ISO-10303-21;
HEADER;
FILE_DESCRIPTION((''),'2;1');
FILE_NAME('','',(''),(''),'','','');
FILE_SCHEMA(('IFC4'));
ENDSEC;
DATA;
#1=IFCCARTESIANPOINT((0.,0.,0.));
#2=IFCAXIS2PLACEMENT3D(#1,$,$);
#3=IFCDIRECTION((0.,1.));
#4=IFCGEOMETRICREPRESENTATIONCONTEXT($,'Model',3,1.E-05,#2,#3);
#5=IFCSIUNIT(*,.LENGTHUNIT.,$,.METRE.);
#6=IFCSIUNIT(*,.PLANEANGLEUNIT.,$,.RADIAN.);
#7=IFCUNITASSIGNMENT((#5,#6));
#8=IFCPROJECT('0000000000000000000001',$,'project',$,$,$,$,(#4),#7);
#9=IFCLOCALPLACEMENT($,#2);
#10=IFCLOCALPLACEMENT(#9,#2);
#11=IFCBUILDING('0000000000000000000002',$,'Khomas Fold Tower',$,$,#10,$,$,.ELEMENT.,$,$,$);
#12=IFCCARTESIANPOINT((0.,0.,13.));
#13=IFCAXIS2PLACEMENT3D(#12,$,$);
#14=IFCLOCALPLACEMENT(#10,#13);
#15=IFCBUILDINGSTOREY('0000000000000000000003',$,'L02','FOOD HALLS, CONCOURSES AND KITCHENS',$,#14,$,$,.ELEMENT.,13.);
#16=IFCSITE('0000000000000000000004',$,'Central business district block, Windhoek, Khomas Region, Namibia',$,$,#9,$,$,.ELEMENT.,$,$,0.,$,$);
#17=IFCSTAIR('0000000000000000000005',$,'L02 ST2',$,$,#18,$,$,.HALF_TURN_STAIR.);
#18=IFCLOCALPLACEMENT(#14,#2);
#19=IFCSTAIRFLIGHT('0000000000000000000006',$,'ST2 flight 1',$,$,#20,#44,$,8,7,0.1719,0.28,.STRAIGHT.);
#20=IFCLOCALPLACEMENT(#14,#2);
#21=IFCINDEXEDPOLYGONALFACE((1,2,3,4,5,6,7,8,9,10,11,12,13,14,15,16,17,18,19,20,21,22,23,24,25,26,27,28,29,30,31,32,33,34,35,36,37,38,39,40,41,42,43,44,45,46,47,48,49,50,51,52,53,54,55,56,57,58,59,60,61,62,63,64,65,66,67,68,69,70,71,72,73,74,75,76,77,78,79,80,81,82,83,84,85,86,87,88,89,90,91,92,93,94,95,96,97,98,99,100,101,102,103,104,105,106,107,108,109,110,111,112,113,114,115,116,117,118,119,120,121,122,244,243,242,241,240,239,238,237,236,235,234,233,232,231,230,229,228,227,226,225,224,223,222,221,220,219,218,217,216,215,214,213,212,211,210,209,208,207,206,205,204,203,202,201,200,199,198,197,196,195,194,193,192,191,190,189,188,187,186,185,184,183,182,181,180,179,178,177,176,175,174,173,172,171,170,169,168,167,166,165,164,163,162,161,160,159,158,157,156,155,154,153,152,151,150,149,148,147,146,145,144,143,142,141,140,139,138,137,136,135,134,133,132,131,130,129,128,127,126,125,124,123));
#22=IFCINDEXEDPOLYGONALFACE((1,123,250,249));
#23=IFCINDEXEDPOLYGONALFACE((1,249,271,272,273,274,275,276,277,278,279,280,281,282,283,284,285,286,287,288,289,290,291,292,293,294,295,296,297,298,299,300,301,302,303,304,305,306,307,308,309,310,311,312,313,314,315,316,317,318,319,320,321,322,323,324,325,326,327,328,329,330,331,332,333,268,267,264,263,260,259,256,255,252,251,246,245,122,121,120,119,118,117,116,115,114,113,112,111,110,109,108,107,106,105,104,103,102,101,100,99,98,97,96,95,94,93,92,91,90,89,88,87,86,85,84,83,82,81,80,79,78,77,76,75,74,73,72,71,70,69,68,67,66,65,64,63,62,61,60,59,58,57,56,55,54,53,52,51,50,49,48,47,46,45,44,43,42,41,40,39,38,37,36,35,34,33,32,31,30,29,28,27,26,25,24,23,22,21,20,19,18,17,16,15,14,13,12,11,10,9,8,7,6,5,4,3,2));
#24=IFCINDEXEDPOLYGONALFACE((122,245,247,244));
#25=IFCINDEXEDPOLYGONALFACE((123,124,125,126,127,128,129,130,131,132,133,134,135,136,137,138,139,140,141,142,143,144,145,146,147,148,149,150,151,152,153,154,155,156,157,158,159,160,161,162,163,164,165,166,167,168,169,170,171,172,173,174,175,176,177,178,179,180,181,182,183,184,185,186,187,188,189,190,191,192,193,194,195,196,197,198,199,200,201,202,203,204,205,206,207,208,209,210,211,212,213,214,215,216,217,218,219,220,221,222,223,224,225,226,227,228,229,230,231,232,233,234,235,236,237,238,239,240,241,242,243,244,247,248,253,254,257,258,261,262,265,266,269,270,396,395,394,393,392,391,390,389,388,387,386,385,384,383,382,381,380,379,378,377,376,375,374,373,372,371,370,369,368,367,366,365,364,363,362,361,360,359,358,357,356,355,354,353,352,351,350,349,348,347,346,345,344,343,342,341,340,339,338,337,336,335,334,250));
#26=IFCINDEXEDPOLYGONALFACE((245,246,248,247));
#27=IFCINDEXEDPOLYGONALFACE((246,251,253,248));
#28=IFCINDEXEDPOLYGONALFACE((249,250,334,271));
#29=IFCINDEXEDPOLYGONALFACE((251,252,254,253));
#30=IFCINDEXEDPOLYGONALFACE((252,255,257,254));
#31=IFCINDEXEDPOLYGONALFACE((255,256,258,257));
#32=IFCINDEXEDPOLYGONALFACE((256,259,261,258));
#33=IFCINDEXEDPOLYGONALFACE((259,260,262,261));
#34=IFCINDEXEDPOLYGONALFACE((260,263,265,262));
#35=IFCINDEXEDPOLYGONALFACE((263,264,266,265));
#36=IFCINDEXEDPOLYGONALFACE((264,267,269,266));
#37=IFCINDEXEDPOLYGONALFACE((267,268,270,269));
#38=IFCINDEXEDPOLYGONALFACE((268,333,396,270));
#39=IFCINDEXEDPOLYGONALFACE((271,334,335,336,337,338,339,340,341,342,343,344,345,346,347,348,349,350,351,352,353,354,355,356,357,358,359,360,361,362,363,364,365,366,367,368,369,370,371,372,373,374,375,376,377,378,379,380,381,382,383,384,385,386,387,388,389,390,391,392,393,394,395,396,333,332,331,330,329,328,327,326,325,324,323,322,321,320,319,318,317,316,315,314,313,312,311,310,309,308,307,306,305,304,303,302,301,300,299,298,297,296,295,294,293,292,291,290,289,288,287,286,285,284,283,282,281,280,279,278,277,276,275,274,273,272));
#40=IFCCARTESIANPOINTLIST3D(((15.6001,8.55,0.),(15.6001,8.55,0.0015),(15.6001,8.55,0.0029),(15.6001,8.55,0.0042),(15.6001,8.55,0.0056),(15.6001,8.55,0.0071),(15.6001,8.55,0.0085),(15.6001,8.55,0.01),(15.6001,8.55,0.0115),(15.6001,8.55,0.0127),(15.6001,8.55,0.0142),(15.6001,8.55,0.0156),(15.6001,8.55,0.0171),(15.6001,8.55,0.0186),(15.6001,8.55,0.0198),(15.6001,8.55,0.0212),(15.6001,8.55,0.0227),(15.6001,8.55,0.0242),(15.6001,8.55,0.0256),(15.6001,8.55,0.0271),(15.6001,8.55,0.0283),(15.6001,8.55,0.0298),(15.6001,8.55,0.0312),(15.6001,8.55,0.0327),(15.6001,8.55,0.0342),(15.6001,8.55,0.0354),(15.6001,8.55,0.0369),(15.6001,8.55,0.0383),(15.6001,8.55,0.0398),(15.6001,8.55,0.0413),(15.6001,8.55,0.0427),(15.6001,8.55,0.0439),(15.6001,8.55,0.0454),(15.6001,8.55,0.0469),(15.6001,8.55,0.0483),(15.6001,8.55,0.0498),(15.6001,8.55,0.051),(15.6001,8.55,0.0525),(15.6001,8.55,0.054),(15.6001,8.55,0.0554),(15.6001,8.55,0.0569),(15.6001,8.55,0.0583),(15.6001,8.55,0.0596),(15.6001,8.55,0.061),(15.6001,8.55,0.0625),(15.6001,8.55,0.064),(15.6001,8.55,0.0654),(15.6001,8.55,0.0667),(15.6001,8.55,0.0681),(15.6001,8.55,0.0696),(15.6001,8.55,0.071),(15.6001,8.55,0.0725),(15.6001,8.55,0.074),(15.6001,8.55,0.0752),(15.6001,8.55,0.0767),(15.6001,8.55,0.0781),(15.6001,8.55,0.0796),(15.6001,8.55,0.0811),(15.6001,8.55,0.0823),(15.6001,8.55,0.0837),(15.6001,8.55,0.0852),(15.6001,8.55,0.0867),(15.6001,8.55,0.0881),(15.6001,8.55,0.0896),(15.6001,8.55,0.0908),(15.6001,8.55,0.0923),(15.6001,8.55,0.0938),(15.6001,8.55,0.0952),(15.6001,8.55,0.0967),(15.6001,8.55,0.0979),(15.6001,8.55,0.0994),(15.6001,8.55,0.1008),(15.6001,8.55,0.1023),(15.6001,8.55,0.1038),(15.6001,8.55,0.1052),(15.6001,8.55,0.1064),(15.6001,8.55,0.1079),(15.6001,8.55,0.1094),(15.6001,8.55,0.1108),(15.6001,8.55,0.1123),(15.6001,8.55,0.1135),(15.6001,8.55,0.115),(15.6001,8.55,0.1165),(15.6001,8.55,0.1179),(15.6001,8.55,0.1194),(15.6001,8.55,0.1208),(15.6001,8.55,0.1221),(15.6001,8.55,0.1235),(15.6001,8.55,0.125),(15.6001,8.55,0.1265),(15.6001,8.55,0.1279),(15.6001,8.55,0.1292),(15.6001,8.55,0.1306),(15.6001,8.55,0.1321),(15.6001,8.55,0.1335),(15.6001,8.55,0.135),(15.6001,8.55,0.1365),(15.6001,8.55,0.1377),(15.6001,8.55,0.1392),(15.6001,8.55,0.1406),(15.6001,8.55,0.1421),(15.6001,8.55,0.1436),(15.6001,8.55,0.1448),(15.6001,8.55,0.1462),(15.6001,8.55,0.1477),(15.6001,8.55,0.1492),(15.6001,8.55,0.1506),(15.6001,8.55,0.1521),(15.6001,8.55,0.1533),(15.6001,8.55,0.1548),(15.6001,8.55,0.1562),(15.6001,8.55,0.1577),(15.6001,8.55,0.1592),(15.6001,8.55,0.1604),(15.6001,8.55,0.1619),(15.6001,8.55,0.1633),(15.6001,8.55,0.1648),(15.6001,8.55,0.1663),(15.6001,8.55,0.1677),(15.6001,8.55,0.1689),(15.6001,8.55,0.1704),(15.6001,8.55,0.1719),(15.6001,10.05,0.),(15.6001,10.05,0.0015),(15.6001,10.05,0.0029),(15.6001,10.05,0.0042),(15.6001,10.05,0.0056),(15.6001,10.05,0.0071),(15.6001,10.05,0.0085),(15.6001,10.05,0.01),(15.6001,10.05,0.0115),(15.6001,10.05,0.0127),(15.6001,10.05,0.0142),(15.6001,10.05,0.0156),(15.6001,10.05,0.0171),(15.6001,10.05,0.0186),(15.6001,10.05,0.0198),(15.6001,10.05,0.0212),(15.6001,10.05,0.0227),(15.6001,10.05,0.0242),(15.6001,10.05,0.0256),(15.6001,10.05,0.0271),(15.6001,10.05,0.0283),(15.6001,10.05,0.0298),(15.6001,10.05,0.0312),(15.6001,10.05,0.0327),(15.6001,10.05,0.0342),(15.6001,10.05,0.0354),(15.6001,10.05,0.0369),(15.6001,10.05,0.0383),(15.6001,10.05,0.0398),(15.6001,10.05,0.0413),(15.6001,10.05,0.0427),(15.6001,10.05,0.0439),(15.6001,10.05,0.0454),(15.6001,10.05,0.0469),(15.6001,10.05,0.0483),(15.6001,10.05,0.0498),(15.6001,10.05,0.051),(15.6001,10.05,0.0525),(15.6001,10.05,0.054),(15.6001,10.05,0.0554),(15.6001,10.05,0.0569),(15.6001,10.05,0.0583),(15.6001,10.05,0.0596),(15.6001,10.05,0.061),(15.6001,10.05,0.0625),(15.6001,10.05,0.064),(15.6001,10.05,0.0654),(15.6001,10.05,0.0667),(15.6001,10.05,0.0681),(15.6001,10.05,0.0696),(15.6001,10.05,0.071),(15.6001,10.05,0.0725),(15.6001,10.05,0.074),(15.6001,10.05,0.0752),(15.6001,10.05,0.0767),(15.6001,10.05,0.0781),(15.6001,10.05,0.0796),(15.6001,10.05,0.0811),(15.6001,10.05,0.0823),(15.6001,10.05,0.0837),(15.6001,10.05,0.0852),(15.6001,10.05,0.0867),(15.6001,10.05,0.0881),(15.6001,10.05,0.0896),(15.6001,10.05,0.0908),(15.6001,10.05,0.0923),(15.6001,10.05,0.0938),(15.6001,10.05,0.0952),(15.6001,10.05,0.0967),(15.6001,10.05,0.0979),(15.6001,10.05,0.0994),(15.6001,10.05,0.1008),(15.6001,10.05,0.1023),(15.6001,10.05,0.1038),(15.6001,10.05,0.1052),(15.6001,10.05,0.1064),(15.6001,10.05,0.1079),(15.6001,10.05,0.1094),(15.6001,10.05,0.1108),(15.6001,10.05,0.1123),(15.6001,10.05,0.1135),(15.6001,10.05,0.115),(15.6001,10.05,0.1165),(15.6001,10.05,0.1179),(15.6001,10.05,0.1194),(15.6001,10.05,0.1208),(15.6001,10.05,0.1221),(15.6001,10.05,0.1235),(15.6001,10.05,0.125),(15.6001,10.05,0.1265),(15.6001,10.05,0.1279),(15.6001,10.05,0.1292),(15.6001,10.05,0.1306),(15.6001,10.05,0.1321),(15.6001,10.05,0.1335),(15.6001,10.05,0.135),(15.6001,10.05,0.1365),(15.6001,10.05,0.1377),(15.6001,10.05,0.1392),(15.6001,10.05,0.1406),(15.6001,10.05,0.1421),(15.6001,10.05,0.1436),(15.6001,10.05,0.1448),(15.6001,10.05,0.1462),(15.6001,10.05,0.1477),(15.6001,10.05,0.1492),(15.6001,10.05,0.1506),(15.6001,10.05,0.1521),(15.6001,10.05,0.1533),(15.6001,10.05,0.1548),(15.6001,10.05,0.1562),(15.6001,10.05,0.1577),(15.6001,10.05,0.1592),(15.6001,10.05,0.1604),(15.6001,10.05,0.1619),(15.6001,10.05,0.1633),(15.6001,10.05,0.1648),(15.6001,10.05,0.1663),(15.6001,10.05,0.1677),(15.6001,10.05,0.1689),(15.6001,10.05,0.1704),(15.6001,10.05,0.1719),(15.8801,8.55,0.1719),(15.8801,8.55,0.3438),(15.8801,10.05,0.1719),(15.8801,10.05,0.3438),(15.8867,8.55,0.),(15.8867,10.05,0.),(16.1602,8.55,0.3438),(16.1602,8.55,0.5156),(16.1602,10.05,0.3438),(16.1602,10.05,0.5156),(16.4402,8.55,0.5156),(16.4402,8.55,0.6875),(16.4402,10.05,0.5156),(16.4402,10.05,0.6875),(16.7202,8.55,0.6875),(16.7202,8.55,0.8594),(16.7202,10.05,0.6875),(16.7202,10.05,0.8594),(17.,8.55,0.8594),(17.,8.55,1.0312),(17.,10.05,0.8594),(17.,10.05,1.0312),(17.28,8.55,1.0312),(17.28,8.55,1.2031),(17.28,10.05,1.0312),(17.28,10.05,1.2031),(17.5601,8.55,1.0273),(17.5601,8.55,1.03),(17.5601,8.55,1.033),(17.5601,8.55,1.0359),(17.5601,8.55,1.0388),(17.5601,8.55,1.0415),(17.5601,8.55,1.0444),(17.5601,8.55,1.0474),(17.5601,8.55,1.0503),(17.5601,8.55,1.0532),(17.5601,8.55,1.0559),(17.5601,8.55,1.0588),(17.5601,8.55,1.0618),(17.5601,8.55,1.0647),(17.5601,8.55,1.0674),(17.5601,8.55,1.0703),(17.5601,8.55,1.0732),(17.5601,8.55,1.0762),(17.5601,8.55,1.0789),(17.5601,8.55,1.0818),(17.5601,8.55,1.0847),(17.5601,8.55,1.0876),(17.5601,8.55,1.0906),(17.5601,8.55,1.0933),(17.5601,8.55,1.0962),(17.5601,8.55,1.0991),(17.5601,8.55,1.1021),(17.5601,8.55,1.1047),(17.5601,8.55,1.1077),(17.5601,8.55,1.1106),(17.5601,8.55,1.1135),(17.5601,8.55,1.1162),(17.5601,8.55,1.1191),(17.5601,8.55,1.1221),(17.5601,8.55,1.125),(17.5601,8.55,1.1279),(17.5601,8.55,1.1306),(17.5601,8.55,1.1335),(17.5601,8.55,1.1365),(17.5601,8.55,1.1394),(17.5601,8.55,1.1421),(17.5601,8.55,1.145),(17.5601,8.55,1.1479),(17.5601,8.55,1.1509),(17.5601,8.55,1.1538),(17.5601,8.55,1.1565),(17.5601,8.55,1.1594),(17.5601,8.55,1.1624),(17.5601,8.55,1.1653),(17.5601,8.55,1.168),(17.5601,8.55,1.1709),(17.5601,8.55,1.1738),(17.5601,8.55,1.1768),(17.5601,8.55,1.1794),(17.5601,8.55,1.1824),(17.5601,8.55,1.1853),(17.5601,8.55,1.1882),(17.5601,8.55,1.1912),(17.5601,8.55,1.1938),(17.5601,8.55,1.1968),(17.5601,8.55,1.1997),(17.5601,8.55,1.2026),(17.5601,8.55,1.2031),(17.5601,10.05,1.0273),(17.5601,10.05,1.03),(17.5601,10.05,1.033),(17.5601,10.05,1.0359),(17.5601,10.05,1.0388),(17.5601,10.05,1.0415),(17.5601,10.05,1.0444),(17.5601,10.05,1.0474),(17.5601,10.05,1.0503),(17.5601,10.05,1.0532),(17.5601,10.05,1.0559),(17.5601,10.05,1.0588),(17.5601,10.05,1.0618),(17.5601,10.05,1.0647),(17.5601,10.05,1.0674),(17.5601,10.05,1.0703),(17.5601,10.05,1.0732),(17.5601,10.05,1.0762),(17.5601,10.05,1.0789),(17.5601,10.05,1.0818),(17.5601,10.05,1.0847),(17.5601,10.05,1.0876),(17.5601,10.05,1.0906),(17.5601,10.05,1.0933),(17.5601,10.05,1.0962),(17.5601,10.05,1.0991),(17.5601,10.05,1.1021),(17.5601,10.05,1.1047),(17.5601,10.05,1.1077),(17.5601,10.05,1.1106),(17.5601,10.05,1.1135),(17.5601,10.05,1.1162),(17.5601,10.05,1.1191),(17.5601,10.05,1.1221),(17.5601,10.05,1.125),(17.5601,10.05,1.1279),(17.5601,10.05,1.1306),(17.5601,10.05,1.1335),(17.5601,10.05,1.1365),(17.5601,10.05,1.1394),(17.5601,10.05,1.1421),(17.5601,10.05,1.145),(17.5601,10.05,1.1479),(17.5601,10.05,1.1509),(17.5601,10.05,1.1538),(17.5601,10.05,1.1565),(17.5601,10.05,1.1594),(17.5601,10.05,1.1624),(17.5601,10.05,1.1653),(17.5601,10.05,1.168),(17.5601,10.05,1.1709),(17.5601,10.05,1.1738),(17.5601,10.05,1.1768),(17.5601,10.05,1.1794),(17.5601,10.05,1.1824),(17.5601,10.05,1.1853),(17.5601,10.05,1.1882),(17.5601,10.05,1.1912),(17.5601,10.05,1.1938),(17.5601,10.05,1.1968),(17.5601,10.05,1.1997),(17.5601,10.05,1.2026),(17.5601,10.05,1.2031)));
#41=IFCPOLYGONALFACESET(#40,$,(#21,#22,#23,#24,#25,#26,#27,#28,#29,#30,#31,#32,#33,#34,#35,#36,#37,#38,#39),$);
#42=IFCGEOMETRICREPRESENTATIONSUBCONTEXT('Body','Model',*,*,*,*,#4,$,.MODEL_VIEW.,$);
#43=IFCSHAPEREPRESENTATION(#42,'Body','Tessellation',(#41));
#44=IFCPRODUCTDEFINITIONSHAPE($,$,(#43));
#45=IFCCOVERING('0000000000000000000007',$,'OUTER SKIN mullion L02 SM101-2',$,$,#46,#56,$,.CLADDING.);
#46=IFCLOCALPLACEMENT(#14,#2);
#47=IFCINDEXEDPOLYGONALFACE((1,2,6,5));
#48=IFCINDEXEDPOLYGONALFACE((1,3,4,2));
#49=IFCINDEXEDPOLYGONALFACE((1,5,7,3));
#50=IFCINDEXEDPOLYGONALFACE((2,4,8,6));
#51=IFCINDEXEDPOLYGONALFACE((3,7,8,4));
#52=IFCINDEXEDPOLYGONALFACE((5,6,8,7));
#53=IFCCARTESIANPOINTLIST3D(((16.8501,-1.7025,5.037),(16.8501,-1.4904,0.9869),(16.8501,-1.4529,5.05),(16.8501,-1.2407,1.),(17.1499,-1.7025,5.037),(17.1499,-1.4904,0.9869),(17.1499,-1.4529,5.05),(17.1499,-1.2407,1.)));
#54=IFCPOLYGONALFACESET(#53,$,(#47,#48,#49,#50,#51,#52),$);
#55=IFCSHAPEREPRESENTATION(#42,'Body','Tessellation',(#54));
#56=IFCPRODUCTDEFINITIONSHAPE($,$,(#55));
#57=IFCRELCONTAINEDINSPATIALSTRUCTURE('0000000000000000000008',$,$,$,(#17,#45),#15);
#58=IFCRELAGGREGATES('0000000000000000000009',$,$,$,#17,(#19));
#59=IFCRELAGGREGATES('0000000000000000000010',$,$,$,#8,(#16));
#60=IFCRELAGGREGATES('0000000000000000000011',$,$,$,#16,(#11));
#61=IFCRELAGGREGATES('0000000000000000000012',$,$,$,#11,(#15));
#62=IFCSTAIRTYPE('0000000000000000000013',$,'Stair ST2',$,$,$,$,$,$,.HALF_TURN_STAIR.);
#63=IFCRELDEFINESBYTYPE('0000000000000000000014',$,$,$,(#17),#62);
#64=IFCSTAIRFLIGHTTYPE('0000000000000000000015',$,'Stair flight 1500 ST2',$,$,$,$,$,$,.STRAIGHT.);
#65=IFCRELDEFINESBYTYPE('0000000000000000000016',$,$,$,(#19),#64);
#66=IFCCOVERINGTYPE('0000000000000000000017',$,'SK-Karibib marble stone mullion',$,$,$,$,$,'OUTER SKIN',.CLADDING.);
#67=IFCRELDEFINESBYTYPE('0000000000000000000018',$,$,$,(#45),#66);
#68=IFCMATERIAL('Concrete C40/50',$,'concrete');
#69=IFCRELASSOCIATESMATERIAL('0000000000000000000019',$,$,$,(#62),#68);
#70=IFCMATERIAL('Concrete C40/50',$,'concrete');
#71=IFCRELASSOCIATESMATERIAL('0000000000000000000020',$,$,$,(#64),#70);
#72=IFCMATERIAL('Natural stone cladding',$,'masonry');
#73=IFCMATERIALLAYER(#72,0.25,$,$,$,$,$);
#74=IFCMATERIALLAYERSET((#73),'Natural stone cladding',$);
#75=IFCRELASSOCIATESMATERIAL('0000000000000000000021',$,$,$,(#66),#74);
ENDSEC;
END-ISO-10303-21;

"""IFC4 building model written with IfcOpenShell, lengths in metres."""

from ifc_helpers import new_model, si_unit, direction, frame, origin, place, context, subcontext, project, spatial, polyline, outline, extrude, source, transform, mapped, material, layer, layer_set, type_object, element, aggregate, save


model = new_model("IFC4")

# Units and contexts
model_context = context("Model", 3, precision=1e-05, world=origin(), true_north=direction((0.0, 1.0)))
body_context = subcontext(model_context, "Body", "Model", "MODEL_VIEW")
ifc_project = project(units=[si_unit("LENGTHUNIT", "METRE"), si_unit("PLANEANGLEUNIT", "RADIAN")], contexts=[model_context])

# Site, building, storey
site_placement = place(None, origin())
site = spatial("IfcSite", under=ifc_project, at=site_placement, Name="Central business district block, Windhoek, Khomas Region, Namibia", CompositionType="ELEMENT", RefElevation=0.0)
building_placement = place(site_placement, origin())
building = spatial("IfcBuilding", under=site, at=building_placement, Name="Khomas Fold Tower", CompositionType="ELEMENT")
storey_placement = place(building_placement, frame((0.0, 0.0, 13.0)))
storey = spatial("IfcBuildingStorey", under=building, at=storey_placement, Name="L02", Description="FOOD HALLS, CONCOURSES AND KITCHENS", CompositionType="ELEMENT", Elevation=13.0)

# Stair, stair flight
ifc_material_1 = material(Name="Concrete C40/50", Category="concrete")
stair_type = type_object("IfcStairType", Name="Stair ST2", PredefinedType="HALF_TURN_STAIR", material=ifc_material_1)
stair_placement = place(storey_placement, origin())
stair = element("IfcStair", 1, at=stair_placement, inside=storey, type_object=stair_type, Name="L02 ST2", PredefinedType="HALF_TURN_STAIR")
ifc_material_2 = material(Name="Concrete C40/50", Category="concrete")
stair_flight_type = type_object("IfcStairFlightType", Name="Stair flight 1500 ST2", PredefinedType="STRAIGHT", material=ifc_material_2)
shared_shape_1 = source(origin(), body_context, "Body", "SweptSolid", [
    extrude(outline(polyline([(0.0, 0.0), (0.0, 0.0015), (0.0, 0.0029), (0.0, 0.0042), (0.0, 0.0056), (0.0, 0.0071), (0.0, 0.0085), (0.0, 0.01), (0.0, 0.0115), (0.0, 0.0127), (0.0, 0.0142), (0.0, 0.0156), (0.0, 0.0171), (0.0, 0.0186), (0.0, 0.0198), (0.0, 0.0212), (0.0, 0.0227), (0.0, 0.0242), (0.0, 0.0256), (0.0, 0.0271), (0.0, 0.0283), (0.0, 0.0298), (0.0, 0.0312), (0.0, 0.0327), (0.0, 0.0342), (0.0, 0.0354), (0.0, 0.0369), (0.0, 0.0383), (0.0, 0.0398), (0.0, 0.0413), (0.0, 0.0427), (0.0, 0.0439), (0.0, 0.0454), (0.0, 0.0469), (0.0, 0.0483), (0.0, 0.0498), (0.0, 0.051), (0.0, 0.0525), (0.0, 0.054), (0.0, 0.0554), (0.0, 0.0569), (0.0, 0.0583), (0.0, 0.0596), (0.0, 0.061), (0.0, 0.0625), (0.0, 0.064), (0.0, 0.0654), (0.0, 0.0667), (0.0, 0.0681), (0.0, 0.0696), (0.0, 0.071), (0.0, 0.0725), (0.0, 0.074), (0.0, 0.0752), (0.0, 0.0767), (0.0, 0.0781), (0.0, 0.0796), (0.0, 0.0811), (0.0, 0.0823), (0.0, 0.0837), (0.0, 0.0852), (0.0, 0.0867), (0.0, 0.0881), (0.0, 0.0896), (0.0, 0.0908), (0.0, 0.0923), (0.0, 0.0938), (0.0, 0.0952), (0.0, 0.0967), (0.0, 0.0979), (0.0, 0.0994), (0.0, 0.1008), (0.0, 0.1023), (0.0, 0.1038), (0.0, 0.1052), (0.0, 0.1064), (0.0, 0.1079), (0.0, 0.1094), (0.0, 0.1108), (0.0, 0.1123), (0.0, 0.1135), (0.0, 0.115), (0.0, 0.1165), (0.0, 0.1179), (0.0, 0.1194), (0.0, 0.1208), (0.0, 0.1221), (0.0, 0.1235), (0.0, 0.125), (0.0, 0.1265), (0.0, 0.1279), (0.0, 0.1292), (0.0, 0.1306), (0.0, 0.1321), (0.0, 0.1335), (0.0, 0.135), (0.0, 0.1365), (0.0, 0.1377), (0.0, 0.1392), (0.0, 0.1406), (0.0, 0.1421), (0.0, 0.1436), (0.0, 0.1448), (0.0, 0.1462), (0.0, 0.1477), (0.0, 0.1492), (0.0, 0.1506), (0.0, 0.1521), (0.0, 0.1533), (0.0, 0.1548), (0.0, 0.1562), (0.0, 0.1577), (0.0, 0.1592), (0.0, 0.1604), (0.0, 0.1619), (0.0, 0.1633), (0.0, 0.1648), (0.0, 0.1663), (0.0, 0.1677), (0.0, 0.1689), (0.0, 0.1704), (0.0, 0.1719), (0.28, 0.1719), (0.28, 0.3438), (0.5601, 0.3438), (0.5601, 0.5156), (0.8401, 0.5156), (0.8401, 0.6875), (1.1201, 0.6875), (1.1201, 0.8594), (1.3999, 0.8594), (1.3999, 1.0312), (1.6799, 1.0312), (1.6799, 1.2031), (1.96, 1.2031), (1.96, 1.375), (1.96, 1.3721), (1.96, 1.3691), (1.96, 1.3665), (1.96, 1.3635), (1.96, 1.3606), (1.96, 1.3577), (1.96, 1.355), (1.96, 1.3521), (1.96, 1.3491), (1.96, 1.3462), (1.96, 1.3435), (1.96, 1.3406), (1.96, 1.3376), (1.96, 1.3347), (1.96, 1.3318), (1.96, 1.3291), (1.96, 1.3262), (1.96, 1.3232), (1.96, 1.3203), (1.96, 1.3176), (1.96, 1.3147), (1.96, 1.3118), (1.96, 1.3088), (1.96, 1.3059), (1.96, 1.3032), (1.96, 1.3003), (1.96, 1.2974), (1.96, 1.2944), (1.96, 1.2917), (1.96, 1.2888), (1.96, 1.2859), (1.96, 1.283), (1.96, 1.2803), (1.96, 1.2773), (1.96, 1.2744), (1.96, 1.2715), (1.96, 1.2686), (1.96, 1.2659), (1.96, 1.2629), (1.96, 1.26), (1.96, 1.2571), (1.96, 1.2544), (1.96, 1.2515), (1.96, 1.2485), (1.96, 1.2456), (1.96, 1.2427), (1.96, 1.24), (1.96, 1.2371), (1.96, 1.2341), (1.96, 1.2312), (1.96, 1.2285), (1.96, 1.2256), (1.96, 1.2227), (1.96, 1.2197), (1.96, 1.217), (1.96, 1.2141), (1.96, 1.2112), (1.96, 1.2083), (1.96, 1.2053), (1.96, 1.2026), (1.96, 1.1997), (1.96, 1.1968), (1.96, 1.1938), (1.96, 1.1912), (1.96, 1.1882), (1.96, 1.1853), (1.96, 1.1824), (1.96, 1.1794), (1.96, 1.1768), (1.96, 1.1738), (1.96, 1.1709), (1.96, 1.168), (1.96, 1.1653), (1.96, 1.1624), (1.96, 1.1594), (1.96, 1.1565), (1.96, 1.1538), (1.96, 1.1509), (1.96, 1.1479), (1.96, 1.145), (1.96, 1.1421), (1.96, 1.1394), (1.96, 1.1365), (1.96, 1.1335), (1.96, 1.1306), (1.96, 1.1279), (1.96, 1.125), (1.96, 1.1221), (1.96, 1.1191), (1.96, 1.1162), (1.96, 1.1135), (1.96, 1.1106), (1.96, 1.1077), (1.96, 1.1047), (1.96, 1.1021), (1.96, 1.0991), (1.96, 1.0962), (1.96, 1.0933), (1.96, 1.0906), (1.96, 1.0876), (1.96, 1.0847), (1.96, 1.0818), (1.96, 1.0789), (1.96, 1.0762), (1.96, 1.0732), (1.96, 1.0703), (1.96, 1.0674), (1.96, 1.0647), (1.96, 1.0618), (1.96, 1.0588), (1.96, 1.0559), (1.96, 1.0532), (1.96, 1.0503), (1.96, 1.0474), (1.96, 1.0444), (1.96, 1.0415), (1.96, 1.0388), (1.96, 1.0359), (1.96, 1.033), (1.96, 1.03), (1.96, 1.0273), (0.2866, 0.0), (0.0, 0.0)])), frame((0.0, 0.75, 0.0), z_axis=(0.0, -1.0, 0.0), x_axis=(1.0, 0.0, 0.0)), (0.0, 0.0, 1.0), 1.5),
])
stair_flight_1_placement = place(storey_placement, frame((15.6001, 9.3, 0.0), z_axis=(0.0, 0.0, 1.0), x_axis=(1.0, 0.0, 0.0)))
stair_flight_1 = element("IfcStairFlight", 2, at=stair_flight_1_placement, type_object=stair_flight_type, Name="ST2 flight 1", NumberOfRisers=8, NumberOfTreads=7, PredefinedType="STRAIGHT", RiserHeight=0.1719, TreadLength=0.28, context=body_context, shape_type="MappedRepresentation", body=[
    mapped(shared_shape_1, transform((0.0, 0.0, 0.0))),
])
aggregate(stair, [stair_flight_1])

# Covering
ifc_material_3 = material(Name="Natural stone cladding", Category="masonry")
ifc_layer_1 = layer(ifc_material_3, 0.25)
ifc_layer_set_1 = layer_set([ifc_layer_1], Name="Natural stone cladding")
covering_type_1 = type_object("IfcCoveringType", Name="SK-Karibib marble stone mullion", ElementType="OUTER SKIN", PredefinedType="CLADDING", material=ifc_layer_set_1)
covering_1_placement = place(storey_placement, frame((17.1499, -1.2407, 1.0), z_axis=(0.0, 0.998631, 0.052312), x_axis=(-1.0, 0.0, 0.0)))
element("IfcCovering", 3, at=covering_1_placement, inside=storey, type_object=covering_type_1, Name="OUTER SKIN mullion L02 SM101-2", PredefinedType="CLADDING", context=body_context, shape_type="SweptSolid", body=[
    extrude(outline(polyline([(0.0, 0.0), (0.2998, 0.0), (0.2998, 4.0556), (0.0, 4.0556), (0.0, 0.0)])), origin(), (0.0, 0.0, -1.0), 0.25),
])

save(model, "model.ifc")
